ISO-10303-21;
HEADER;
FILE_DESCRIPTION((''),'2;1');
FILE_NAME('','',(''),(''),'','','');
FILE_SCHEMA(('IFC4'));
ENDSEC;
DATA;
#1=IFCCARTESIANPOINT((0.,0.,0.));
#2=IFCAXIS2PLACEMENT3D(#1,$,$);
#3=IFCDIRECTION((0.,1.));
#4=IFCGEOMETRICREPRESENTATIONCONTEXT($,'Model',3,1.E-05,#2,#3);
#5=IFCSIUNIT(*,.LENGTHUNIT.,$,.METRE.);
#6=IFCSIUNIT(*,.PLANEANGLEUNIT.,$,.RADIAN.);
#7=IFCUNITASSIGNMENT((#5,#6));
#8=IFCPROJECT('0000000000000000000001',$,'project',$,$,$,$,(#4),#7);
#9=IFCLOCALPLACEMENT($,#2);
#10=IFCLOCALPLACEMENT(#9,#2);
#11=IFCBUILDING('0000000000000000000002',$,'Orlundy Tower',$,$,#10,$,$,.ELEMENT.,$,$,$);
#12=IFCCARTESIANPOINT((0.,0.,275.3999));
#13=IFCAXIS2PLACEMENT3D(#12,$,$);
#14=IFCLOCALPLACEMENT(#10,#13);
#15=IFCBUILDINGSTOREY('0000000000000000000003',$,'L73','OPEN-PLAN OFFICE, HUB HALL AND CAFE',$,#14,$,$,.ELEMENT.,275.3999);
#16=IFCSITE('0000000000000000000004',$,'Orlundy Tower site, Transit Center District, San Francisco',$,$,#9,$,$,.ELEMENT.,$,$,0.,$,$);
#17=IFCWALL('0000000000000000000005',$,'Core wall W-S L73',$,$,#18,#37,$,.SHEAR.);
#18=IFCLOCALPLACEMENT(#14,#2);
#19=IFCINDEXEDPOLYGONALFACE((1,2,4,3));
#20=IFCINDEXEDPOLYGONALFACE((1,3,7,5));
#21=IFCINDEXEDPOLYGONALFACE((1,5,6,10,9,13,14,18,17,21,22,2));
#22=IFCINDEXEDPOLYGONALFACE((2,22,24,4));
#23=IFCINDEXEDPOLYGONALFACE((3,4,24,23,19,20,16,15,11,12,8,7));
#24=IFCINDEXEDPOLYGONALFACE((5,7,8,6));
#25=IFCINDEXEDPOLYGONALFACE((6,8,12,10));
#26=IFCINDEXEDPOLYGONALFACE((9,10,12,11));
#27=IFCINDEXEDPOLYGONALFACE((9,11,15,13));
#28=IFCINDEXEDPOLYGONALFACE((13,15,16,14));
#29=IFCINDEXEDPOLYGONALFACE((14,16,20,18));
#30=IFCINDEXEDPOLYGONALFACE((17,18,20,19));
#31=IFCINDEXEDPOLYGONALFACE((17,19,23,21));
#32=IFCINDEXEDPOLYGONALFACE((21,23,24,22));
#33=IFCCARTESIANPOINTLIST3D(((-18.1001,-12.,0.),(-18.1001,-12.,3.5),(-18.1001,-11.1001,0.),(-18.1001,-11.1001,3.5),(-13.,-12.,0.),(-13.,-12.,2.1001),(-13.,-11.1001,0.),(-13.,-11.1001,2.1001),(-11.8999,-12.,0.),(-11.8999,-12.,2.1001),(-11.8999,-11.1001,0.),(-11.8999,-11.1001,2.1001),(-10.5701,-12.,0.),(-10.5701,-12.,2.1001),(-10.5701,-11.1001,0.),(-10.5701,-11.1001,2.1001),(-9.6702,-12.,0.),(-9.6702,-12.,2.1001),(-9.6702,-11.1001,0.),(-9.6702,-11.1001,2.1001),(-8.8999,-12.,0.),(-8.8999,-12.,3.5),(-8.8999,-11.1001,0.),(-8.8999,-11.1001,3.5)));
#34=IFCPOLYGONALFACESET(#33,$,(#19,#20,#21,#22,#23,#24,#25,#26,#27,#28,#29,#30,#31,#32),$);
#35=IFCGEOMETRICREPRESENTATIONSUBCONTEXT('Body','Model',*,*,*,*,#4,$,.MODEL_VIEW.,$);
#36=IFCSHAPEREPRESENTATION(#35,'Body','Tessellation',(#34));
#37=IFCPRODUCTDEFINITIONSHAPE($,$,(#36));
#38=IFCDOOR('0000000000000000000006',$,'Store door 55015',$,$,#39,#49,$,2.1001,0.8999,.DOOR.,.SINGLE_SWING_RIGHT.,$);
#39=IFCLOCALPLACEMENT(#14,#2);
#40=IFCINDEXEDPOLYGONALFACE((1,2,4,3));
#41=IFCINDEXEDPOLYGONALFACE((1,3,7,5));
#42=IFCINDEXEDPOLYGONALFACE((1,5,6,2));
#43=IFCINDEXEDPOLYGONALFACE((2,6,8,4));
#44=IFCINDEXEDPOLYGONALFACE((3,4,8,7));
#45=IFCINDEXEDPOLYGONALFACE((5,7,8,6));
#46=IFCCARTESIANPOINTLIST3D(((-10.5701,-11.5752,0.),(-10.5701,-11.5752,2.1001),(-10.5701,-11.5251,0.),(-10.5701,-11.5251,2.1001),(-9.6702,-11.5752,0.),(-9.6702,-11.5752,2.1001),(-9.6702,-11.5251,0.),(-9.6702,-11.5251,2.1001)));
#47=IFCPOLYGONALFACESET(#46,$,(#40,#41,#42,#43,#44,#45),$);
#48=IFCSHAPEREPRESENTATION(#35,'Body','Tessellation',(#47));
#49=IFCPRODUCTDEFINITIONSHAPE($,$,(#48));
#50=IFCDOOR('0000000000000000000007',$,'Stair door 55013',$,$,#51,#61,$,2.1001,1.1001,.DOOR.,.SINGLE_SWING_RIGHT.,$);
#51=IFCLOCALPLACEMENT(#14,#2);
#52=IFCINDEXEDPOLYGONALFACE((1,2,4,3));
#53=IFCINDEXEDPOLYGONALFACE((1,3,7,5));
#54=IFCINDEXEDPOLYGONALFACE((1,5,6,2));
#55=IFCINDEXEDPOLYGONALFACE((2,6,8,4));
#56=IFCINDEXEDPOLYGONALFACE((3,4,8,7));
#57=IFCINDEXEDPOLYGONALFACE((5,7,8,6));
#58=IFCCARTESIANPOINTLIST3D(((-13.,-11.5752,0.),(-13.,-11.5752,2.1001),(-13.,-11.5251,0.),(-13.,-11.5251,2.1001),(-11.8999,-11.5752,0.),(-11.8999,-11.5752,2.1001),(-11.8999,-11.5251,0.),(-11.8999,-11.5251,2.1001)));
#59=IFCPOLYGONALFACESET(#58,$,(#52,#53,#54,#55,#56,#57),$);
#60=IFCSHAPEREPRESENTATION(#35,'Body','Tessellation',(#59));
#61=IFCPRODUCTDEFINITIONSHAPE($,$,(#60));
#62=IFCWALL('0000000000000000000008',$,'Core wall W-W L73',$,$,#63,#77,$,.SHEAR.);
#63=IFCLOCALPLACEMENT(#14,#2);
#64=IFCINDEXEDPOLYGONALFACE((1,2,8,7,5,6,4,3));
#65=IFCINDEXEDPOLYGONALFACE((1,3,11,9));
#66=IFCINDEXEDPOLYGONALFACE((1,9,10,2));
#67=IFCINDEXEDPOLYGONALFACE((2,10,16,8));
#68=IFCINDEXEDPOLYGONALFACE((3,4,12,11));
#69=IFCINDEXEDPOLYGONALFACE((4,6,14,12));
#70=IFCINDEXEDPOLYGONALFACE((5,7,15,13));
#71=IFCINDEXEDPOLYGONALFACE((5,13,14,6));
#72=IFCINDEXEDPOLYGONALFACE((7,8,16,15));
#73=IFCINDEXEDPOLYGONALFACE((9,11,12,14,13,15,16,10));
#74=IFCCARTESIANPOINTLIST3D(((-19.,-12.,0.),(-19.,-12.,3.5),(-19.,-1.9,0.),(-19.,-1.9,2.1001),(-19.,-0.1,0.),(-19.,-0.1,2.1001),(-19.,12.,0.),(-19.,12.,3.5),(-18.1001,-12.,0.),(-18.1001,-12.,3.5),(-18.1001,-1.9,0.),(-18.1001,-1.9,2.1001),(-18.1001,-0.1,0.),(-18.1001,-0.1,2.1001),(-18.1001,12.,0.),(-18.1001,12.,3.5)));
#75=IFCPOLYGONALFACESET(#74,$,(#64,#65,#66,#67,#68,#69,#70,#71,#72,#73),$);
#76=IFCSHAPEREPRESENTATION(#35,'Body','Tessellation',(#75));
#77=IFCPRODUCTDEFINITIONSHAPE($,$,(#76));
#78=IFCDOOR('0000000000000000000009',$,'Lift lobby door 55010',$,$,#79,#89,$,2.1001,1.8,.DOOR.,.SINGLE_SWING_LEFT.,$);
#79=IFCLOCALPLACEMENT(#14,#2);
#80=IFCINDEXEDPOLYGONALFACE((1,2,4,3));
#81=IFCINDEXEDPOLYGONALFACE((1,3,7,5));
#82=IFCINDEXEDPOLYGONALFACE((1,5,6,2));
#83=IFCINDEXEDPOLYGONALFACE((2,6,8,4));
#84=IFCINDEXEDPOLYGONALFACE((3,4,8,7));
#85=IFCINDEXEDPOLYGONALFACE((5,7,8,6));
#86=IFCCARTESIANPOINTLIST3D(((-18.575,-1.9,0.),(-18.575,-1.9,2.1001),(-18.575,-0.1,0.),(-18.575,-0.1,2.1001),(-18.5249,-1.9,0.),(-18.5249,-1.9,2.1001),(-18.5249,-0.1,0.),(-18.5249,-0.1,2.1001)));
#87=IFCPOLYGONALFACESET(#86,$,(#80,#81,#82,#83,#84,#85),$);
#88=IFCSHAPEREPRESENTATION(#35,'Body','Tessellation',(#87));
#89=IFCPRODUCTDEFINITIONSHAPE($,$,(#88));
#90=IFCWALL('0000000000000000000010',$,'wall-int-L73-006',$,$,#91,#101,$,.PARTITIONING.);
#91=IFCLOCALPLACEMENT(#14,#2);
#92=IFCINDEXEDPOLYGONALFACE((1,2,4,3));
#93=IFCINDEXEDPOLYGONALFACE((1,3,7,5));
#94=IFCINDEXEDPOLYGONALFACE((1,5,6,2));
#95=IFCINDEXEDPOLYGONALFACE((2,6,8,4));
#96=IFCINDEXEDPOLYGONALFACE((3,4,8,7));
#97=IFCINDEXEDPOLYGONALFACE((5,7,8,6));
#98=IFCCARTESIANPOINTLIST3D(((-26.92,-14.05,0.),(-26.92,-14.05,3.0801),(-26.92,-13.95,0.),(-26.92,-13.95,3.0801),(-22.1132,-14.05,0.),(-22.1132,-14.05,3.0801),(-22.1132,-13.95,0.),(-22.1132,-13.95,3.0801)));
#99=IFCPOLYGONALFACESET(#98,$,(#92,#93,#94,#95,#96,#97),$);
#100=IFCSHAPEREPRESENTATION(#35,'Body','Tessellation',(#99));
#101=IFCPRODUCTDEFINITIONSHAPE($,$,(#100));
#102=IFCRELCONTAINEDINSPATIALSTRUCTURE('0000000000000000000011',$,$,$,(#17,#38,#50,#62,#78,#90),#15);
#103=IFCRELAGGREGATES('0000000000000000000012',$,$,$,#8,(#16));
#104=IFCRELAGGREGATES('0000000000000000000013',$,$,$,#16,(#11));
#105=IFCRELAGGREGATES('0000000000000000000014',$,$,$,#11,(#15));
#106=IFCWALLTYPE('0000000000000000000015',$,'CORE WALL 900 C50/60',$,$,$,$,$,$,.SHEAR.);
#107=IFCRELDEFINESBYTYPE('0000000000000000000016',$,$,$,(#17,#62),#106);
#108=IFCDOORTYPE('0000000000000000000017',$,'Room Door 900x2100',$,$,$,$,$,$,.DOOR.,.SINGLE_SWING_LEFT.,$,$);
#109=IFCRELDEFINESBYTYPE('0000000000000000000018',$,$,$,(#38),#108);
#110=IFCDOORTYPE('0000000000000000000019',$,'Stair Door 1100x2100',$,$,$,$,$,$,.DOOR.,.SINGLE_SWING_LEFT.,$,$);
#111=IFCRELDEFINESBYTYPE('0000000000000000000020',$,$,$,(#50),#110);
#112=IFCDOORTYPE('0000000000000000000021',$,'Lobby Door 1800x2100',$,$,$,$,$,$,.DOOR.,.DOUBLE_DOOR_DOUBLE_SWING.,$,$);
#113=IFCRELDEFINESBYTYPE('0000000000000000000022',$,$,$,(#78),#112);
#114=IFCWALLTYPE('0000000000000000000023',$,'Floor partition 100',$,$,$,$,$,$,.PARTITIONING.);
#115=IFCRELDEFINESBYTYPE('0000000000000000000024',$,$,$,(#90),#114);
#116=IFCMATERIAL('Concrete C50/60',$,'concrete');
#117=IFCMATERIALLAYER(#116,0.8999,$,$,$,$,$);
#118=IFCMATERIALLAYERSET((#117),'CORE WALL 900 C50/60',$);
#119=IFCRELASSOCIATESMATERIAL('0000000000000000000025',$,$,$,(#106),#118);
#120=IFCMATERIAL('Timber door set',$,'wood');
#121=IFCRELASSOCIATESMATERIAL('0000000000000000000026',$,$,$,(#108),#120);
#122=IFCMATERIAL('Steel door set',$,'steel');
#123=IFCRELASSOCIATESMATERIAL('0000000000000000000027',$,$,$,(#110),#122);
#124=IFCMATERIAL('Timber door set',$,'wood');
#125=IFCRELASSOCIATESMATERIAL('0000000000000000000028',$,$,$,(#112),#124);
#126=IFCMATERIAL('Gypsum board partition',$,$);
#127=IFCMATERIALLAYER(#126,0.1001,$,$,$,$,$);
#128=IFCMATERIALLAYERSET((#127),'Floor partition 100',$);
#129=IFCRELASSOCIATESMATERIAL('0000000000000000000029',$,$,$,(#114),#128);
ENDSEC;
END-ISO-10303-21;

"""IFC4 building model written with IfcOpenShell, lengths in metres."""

from ifc_helpers import new_model, si_unit, direction, frame, frame_2d, origin, place, context, subcontext, project, spatial, rectangle, extrude, material, layer, layer_set, type_object, element, fill, save


model = new_model("IFC4")

# Units and contexts
model_context = context("Model", 3, precision=1e-05, world=origin(), true_north=direction((0.0, 1.0)))
body_context = subcontext(model_context, "Body", "Model", "MODEL_VIEW")
ifc_project = project(units=[si_unit("LENGTHUNIT", "METRE"), si_unit("PLANEANGLEUNIT", "RADIAN")], contexts=[model_context])

# Site, building, storey
site_placement = place(None, origin())
site = spatial("IfcSite", under=ifc_project, at=site_placement, Name="Orlundy Tower site, Transit Center District, San Francisco", CompositionType="ELEMENT", RefElevation=0.0)
building_placement = place(site_placement, origin())
building = spatial("IfcBuilding", under=site, at=building_placement, Name="Orlundy Tower", CompositionType="ELEMENT")
storey_placement = place(building_placement, frame((0.0, 0.0, 275.3999)))
storey = spatial("IfcBuildingStorey", under=building, at=storey_placement, Name="L73", Description="OPEN-PLAN OFFICE, HUB HALL AND CAFE", CompositionType="ELEMENT", Elevation=275.3999)

# Wall, openings, doors
ifc_material_1 = material(Name="Concrete C50/60", Category="concrete")
ifc_layer_1 = layer(ifc_material_1, 0.8999)
ifc_layer_set_1 = layer_set([ifc_layer_1], Name="CORE WALL 900 C50/60")
wall_type_1 = type_object("IfcWallType", Name="CORE WALL 900 C50/60", PredefinedType="SHEAR", material=ifc_layer_set_1)
wall_1_placement = place(storey_placement, frame((-18.1001, -11.55, 0.0), z_axis=(0.0, 0.0, 1.0), x_axis=(1.0, 0.0, 0.0)))
wall_1 = element("IfcWall", 1, at=wall_1_placement, inside=storey, type_object=wall_type_1, Name="Core wall W-S L73", PredefinedType="SHEAR", context=body_context, shape_type="SweptSolid", body=[
    extrude(rectangle(XDim=9.2002, YDim=0.8999, at=frame_2d((4.6001, 0.0))), origin(), (0.0, 0.0, 1.0), 3.5),
])
opening_1_placement = place(wall_1_placement, frame((5.1001, 0.0, 0.0)))
opening_1 = element("IfcOpeningElement", 2, at=opening_1_placement, cuts=wall_1, PredefinedType="OPENING", context=body_context, shape_type="SweptSolid", body=[
    extrude(rectangle(XDim=1.1001, YDim=2.1001, at=frame_2d((0.55, 1.05))), frame((0.0, 0.46, 0.0), z_axis=(0.0, -1.0, 0.0), x_axis=(1.0, 0.0, 0.0)), (0.0, 0.0, 1.0), 0.9199),
])
opening_2_placement = place(wall_1_placement, frame((7.53, 0.0, 0.0)))
opening_2 = element("IfcOpeningElement", 3, at=opening_2_placement, cuts=wall_1, PredefinedType="OPENING", context=body_context, shape_type="SweptSolid", body=[
    extrude(rectangle(XDim=0.8999, YDim=2.1001, at=frame_2d((0.45, 1.05))), frame((0.0, 0.46, 0.0), z_axis=(0.0, -1.0, 0.0), x_axis=(1.0, 0.0, 0.0)), (0.0, 0.0, 1.0), 0.9199),
])
ifc_material_2 = material(Name="Timber door set", Category="wood")
door_type_1 = type_object("IfcDoorType", Name="Room Door 900x2100", OperationType="SINGLE_SWING_LEFT", PredefinedType="DOOR", material=ifc_material_2)
door_1_placement = place(opening_2_placement, origin())
door_1 = element("IfcDoor", 4, at=door_1_placement, inside=storey, type_object=door_type_1, Name="Store door 55015", OperationType="SINGLE_SWING_RIGHT", OverallHeight=2.1001, OverallWidth=0.8999, PredefinedType="DOOR", context=body_context, shape_type="SweptSolid", body=[
    extrude(rectangle(XDim=0.8999, YDim=2.1001, at=frame_2d((0.45, 1.05))), frame((0.0, 0.0249, 0.0), z_axis=(0.0, -1.0, 0.0), x_axis=(1.0, 0.0, 0.0)), (0.0, 0.0, 1.0), 0.05),
])
fill(opening_2, door_1)
ifc_material_3 = material(Name="Steel door set", Category="steel")
door_type_2 = type_object("IfcDoorType", Name="Stair Door 1100x2100", OperationType="SINGLE_SWING_LEFT", PredefinedType="DOOR", material=ifc_material_3)
door_2_placement = place(opening_1_placement, origin())
door_2 = element("IfcDoor", 5, at=door_2_placement, inside=storey, type_object=door_type_2, Name="Stair door 55013", OperationType="SINGLE_SWING_RIGHT", OverallHeight=2.1001, OverallWidth=1.1001, PredefinedType="DOOR", context=body_context, shape_type="SweptSolid", body=[
    extrude(rectangle(XDim=1.1001, YDim=2.1001, at=frame_2d((0.55, 1.05))), frame((0.0, 0.0249, 0.0), z_axis=(0.0, -1.0, 0.0), x_axis=(1.0, 0.0, 0.0)), (0.0, 0.0, 1.0), 0.05),
])
fill(opening_1, door_2)

# Wall, opening, door
wall_2_placement = place(storey_placement, frame((-18.55, -12.0, 0.0), z_axis=(0.0, 0.0, 1.0), x_axis=(0.0, 1.0, 0.0)))
wall_2 = element("IfcWall", 6, at=wall_2_placement, inside=storey, type_object=wall_type_1, Name="Core wall W-W L73", PredefinedType="SHEAR", context=body_context, shape_type="SweptSolid", body=[
    extrude(rectangle(XDim=24.0, YDim=0.8999, at=frame_2d((12.0, 0.0))), origin(), (0.0, 0.0, 1.0), 3.5),
])
opening_3_placement = place(wall_2_placement, frame((10.1001, 0.0, 0.0)))
opening_3 = element("IfcOpeningElement", 7, at=opening_3_placement, cuts=wall_2, PredefinedType="OPENING", context=body_context, shape_type="SweptSolid", body=[
    extrude(rectangle(XDim=1.8, YDim=2.1001, at=frame_2d((0.8999, 1.05))), frame((0.0, 0.46, 0.0), z_axis=(0.0, -1.0, 0.0), x_axis=(1.0, 0.0, 0.0)), (0.0, 0.0, 1.0), 0.9199),
])
ifc_material_4 = material(Name="Timber door set", Category="wood")
door_type_3 = type_object("IfcDoorType", Name="Lobby Door 1800x2100", OperationType="DOUBLE_DOOR_DOUBLE_SWING", PredefinedType="DOOR", material=ifc_material_4)
door_3_placement = place(opening_3_placement, origin())
door_3 = element("IfcDoor", 8, at=door_3_placement, inside=storey, type_object=door_type_3, Name="Lift lobby door 55010", OperationType="SINGLE_SWING_LEFT", OverallHeight=2.1001, OverallWidth=1.8, PredefinedType="DOOR", context=body_context, shape_type="SweptSolid", body=[
    extrude(rectangle(XDim=1.8, YDim=2.1001, at=frame_2d((0.8999, 1.05))), frame((0.0, 0.0249, 0.0), z_axis=(0.0, -1.0, 0.0), x_axis=(1.0, 0.0, 0.0)), (0.0, 0.0, 1.0), 0.05),
])
fill(opening_3, door_3)

# Wall
ifc_material_5 = material(Name="Gypsum board partition")
ifc_layer_2 = layer(ifc_material_5, 0.1001)
ifc_layer_set_2 = layer_set([ifc_layer_2], Name="Floor partition 100")
wall_type_2 = type_object("IfcWallType", Name="Floor partition 100", PredefinedType="PARTITIONING", material=ifc_layer_set_2)
wall_3_placement = place(storey_placement, frame((-26.9199, -14.0, 0.0), z_axis=(0.0, 0.0, 1.0), x_axis=(1.0, 0.0, 0.0)))
element("IfcWall", 9, at=wall_3_placement, inside=storey, type_object=wall_type_2, Name="wall-int-L73-006", PredefinedType="PARTITIONING", context=body_context, shape_type="SweptSolid", body=[
    extrude(rectangle(XDim=4.8069, YDim=0.1001, at=frame_2d((2.4033, 0.0))), origin(), (0.0, 0.0, 1.0), 3.0801),
])

save(model, "model.ifc")
